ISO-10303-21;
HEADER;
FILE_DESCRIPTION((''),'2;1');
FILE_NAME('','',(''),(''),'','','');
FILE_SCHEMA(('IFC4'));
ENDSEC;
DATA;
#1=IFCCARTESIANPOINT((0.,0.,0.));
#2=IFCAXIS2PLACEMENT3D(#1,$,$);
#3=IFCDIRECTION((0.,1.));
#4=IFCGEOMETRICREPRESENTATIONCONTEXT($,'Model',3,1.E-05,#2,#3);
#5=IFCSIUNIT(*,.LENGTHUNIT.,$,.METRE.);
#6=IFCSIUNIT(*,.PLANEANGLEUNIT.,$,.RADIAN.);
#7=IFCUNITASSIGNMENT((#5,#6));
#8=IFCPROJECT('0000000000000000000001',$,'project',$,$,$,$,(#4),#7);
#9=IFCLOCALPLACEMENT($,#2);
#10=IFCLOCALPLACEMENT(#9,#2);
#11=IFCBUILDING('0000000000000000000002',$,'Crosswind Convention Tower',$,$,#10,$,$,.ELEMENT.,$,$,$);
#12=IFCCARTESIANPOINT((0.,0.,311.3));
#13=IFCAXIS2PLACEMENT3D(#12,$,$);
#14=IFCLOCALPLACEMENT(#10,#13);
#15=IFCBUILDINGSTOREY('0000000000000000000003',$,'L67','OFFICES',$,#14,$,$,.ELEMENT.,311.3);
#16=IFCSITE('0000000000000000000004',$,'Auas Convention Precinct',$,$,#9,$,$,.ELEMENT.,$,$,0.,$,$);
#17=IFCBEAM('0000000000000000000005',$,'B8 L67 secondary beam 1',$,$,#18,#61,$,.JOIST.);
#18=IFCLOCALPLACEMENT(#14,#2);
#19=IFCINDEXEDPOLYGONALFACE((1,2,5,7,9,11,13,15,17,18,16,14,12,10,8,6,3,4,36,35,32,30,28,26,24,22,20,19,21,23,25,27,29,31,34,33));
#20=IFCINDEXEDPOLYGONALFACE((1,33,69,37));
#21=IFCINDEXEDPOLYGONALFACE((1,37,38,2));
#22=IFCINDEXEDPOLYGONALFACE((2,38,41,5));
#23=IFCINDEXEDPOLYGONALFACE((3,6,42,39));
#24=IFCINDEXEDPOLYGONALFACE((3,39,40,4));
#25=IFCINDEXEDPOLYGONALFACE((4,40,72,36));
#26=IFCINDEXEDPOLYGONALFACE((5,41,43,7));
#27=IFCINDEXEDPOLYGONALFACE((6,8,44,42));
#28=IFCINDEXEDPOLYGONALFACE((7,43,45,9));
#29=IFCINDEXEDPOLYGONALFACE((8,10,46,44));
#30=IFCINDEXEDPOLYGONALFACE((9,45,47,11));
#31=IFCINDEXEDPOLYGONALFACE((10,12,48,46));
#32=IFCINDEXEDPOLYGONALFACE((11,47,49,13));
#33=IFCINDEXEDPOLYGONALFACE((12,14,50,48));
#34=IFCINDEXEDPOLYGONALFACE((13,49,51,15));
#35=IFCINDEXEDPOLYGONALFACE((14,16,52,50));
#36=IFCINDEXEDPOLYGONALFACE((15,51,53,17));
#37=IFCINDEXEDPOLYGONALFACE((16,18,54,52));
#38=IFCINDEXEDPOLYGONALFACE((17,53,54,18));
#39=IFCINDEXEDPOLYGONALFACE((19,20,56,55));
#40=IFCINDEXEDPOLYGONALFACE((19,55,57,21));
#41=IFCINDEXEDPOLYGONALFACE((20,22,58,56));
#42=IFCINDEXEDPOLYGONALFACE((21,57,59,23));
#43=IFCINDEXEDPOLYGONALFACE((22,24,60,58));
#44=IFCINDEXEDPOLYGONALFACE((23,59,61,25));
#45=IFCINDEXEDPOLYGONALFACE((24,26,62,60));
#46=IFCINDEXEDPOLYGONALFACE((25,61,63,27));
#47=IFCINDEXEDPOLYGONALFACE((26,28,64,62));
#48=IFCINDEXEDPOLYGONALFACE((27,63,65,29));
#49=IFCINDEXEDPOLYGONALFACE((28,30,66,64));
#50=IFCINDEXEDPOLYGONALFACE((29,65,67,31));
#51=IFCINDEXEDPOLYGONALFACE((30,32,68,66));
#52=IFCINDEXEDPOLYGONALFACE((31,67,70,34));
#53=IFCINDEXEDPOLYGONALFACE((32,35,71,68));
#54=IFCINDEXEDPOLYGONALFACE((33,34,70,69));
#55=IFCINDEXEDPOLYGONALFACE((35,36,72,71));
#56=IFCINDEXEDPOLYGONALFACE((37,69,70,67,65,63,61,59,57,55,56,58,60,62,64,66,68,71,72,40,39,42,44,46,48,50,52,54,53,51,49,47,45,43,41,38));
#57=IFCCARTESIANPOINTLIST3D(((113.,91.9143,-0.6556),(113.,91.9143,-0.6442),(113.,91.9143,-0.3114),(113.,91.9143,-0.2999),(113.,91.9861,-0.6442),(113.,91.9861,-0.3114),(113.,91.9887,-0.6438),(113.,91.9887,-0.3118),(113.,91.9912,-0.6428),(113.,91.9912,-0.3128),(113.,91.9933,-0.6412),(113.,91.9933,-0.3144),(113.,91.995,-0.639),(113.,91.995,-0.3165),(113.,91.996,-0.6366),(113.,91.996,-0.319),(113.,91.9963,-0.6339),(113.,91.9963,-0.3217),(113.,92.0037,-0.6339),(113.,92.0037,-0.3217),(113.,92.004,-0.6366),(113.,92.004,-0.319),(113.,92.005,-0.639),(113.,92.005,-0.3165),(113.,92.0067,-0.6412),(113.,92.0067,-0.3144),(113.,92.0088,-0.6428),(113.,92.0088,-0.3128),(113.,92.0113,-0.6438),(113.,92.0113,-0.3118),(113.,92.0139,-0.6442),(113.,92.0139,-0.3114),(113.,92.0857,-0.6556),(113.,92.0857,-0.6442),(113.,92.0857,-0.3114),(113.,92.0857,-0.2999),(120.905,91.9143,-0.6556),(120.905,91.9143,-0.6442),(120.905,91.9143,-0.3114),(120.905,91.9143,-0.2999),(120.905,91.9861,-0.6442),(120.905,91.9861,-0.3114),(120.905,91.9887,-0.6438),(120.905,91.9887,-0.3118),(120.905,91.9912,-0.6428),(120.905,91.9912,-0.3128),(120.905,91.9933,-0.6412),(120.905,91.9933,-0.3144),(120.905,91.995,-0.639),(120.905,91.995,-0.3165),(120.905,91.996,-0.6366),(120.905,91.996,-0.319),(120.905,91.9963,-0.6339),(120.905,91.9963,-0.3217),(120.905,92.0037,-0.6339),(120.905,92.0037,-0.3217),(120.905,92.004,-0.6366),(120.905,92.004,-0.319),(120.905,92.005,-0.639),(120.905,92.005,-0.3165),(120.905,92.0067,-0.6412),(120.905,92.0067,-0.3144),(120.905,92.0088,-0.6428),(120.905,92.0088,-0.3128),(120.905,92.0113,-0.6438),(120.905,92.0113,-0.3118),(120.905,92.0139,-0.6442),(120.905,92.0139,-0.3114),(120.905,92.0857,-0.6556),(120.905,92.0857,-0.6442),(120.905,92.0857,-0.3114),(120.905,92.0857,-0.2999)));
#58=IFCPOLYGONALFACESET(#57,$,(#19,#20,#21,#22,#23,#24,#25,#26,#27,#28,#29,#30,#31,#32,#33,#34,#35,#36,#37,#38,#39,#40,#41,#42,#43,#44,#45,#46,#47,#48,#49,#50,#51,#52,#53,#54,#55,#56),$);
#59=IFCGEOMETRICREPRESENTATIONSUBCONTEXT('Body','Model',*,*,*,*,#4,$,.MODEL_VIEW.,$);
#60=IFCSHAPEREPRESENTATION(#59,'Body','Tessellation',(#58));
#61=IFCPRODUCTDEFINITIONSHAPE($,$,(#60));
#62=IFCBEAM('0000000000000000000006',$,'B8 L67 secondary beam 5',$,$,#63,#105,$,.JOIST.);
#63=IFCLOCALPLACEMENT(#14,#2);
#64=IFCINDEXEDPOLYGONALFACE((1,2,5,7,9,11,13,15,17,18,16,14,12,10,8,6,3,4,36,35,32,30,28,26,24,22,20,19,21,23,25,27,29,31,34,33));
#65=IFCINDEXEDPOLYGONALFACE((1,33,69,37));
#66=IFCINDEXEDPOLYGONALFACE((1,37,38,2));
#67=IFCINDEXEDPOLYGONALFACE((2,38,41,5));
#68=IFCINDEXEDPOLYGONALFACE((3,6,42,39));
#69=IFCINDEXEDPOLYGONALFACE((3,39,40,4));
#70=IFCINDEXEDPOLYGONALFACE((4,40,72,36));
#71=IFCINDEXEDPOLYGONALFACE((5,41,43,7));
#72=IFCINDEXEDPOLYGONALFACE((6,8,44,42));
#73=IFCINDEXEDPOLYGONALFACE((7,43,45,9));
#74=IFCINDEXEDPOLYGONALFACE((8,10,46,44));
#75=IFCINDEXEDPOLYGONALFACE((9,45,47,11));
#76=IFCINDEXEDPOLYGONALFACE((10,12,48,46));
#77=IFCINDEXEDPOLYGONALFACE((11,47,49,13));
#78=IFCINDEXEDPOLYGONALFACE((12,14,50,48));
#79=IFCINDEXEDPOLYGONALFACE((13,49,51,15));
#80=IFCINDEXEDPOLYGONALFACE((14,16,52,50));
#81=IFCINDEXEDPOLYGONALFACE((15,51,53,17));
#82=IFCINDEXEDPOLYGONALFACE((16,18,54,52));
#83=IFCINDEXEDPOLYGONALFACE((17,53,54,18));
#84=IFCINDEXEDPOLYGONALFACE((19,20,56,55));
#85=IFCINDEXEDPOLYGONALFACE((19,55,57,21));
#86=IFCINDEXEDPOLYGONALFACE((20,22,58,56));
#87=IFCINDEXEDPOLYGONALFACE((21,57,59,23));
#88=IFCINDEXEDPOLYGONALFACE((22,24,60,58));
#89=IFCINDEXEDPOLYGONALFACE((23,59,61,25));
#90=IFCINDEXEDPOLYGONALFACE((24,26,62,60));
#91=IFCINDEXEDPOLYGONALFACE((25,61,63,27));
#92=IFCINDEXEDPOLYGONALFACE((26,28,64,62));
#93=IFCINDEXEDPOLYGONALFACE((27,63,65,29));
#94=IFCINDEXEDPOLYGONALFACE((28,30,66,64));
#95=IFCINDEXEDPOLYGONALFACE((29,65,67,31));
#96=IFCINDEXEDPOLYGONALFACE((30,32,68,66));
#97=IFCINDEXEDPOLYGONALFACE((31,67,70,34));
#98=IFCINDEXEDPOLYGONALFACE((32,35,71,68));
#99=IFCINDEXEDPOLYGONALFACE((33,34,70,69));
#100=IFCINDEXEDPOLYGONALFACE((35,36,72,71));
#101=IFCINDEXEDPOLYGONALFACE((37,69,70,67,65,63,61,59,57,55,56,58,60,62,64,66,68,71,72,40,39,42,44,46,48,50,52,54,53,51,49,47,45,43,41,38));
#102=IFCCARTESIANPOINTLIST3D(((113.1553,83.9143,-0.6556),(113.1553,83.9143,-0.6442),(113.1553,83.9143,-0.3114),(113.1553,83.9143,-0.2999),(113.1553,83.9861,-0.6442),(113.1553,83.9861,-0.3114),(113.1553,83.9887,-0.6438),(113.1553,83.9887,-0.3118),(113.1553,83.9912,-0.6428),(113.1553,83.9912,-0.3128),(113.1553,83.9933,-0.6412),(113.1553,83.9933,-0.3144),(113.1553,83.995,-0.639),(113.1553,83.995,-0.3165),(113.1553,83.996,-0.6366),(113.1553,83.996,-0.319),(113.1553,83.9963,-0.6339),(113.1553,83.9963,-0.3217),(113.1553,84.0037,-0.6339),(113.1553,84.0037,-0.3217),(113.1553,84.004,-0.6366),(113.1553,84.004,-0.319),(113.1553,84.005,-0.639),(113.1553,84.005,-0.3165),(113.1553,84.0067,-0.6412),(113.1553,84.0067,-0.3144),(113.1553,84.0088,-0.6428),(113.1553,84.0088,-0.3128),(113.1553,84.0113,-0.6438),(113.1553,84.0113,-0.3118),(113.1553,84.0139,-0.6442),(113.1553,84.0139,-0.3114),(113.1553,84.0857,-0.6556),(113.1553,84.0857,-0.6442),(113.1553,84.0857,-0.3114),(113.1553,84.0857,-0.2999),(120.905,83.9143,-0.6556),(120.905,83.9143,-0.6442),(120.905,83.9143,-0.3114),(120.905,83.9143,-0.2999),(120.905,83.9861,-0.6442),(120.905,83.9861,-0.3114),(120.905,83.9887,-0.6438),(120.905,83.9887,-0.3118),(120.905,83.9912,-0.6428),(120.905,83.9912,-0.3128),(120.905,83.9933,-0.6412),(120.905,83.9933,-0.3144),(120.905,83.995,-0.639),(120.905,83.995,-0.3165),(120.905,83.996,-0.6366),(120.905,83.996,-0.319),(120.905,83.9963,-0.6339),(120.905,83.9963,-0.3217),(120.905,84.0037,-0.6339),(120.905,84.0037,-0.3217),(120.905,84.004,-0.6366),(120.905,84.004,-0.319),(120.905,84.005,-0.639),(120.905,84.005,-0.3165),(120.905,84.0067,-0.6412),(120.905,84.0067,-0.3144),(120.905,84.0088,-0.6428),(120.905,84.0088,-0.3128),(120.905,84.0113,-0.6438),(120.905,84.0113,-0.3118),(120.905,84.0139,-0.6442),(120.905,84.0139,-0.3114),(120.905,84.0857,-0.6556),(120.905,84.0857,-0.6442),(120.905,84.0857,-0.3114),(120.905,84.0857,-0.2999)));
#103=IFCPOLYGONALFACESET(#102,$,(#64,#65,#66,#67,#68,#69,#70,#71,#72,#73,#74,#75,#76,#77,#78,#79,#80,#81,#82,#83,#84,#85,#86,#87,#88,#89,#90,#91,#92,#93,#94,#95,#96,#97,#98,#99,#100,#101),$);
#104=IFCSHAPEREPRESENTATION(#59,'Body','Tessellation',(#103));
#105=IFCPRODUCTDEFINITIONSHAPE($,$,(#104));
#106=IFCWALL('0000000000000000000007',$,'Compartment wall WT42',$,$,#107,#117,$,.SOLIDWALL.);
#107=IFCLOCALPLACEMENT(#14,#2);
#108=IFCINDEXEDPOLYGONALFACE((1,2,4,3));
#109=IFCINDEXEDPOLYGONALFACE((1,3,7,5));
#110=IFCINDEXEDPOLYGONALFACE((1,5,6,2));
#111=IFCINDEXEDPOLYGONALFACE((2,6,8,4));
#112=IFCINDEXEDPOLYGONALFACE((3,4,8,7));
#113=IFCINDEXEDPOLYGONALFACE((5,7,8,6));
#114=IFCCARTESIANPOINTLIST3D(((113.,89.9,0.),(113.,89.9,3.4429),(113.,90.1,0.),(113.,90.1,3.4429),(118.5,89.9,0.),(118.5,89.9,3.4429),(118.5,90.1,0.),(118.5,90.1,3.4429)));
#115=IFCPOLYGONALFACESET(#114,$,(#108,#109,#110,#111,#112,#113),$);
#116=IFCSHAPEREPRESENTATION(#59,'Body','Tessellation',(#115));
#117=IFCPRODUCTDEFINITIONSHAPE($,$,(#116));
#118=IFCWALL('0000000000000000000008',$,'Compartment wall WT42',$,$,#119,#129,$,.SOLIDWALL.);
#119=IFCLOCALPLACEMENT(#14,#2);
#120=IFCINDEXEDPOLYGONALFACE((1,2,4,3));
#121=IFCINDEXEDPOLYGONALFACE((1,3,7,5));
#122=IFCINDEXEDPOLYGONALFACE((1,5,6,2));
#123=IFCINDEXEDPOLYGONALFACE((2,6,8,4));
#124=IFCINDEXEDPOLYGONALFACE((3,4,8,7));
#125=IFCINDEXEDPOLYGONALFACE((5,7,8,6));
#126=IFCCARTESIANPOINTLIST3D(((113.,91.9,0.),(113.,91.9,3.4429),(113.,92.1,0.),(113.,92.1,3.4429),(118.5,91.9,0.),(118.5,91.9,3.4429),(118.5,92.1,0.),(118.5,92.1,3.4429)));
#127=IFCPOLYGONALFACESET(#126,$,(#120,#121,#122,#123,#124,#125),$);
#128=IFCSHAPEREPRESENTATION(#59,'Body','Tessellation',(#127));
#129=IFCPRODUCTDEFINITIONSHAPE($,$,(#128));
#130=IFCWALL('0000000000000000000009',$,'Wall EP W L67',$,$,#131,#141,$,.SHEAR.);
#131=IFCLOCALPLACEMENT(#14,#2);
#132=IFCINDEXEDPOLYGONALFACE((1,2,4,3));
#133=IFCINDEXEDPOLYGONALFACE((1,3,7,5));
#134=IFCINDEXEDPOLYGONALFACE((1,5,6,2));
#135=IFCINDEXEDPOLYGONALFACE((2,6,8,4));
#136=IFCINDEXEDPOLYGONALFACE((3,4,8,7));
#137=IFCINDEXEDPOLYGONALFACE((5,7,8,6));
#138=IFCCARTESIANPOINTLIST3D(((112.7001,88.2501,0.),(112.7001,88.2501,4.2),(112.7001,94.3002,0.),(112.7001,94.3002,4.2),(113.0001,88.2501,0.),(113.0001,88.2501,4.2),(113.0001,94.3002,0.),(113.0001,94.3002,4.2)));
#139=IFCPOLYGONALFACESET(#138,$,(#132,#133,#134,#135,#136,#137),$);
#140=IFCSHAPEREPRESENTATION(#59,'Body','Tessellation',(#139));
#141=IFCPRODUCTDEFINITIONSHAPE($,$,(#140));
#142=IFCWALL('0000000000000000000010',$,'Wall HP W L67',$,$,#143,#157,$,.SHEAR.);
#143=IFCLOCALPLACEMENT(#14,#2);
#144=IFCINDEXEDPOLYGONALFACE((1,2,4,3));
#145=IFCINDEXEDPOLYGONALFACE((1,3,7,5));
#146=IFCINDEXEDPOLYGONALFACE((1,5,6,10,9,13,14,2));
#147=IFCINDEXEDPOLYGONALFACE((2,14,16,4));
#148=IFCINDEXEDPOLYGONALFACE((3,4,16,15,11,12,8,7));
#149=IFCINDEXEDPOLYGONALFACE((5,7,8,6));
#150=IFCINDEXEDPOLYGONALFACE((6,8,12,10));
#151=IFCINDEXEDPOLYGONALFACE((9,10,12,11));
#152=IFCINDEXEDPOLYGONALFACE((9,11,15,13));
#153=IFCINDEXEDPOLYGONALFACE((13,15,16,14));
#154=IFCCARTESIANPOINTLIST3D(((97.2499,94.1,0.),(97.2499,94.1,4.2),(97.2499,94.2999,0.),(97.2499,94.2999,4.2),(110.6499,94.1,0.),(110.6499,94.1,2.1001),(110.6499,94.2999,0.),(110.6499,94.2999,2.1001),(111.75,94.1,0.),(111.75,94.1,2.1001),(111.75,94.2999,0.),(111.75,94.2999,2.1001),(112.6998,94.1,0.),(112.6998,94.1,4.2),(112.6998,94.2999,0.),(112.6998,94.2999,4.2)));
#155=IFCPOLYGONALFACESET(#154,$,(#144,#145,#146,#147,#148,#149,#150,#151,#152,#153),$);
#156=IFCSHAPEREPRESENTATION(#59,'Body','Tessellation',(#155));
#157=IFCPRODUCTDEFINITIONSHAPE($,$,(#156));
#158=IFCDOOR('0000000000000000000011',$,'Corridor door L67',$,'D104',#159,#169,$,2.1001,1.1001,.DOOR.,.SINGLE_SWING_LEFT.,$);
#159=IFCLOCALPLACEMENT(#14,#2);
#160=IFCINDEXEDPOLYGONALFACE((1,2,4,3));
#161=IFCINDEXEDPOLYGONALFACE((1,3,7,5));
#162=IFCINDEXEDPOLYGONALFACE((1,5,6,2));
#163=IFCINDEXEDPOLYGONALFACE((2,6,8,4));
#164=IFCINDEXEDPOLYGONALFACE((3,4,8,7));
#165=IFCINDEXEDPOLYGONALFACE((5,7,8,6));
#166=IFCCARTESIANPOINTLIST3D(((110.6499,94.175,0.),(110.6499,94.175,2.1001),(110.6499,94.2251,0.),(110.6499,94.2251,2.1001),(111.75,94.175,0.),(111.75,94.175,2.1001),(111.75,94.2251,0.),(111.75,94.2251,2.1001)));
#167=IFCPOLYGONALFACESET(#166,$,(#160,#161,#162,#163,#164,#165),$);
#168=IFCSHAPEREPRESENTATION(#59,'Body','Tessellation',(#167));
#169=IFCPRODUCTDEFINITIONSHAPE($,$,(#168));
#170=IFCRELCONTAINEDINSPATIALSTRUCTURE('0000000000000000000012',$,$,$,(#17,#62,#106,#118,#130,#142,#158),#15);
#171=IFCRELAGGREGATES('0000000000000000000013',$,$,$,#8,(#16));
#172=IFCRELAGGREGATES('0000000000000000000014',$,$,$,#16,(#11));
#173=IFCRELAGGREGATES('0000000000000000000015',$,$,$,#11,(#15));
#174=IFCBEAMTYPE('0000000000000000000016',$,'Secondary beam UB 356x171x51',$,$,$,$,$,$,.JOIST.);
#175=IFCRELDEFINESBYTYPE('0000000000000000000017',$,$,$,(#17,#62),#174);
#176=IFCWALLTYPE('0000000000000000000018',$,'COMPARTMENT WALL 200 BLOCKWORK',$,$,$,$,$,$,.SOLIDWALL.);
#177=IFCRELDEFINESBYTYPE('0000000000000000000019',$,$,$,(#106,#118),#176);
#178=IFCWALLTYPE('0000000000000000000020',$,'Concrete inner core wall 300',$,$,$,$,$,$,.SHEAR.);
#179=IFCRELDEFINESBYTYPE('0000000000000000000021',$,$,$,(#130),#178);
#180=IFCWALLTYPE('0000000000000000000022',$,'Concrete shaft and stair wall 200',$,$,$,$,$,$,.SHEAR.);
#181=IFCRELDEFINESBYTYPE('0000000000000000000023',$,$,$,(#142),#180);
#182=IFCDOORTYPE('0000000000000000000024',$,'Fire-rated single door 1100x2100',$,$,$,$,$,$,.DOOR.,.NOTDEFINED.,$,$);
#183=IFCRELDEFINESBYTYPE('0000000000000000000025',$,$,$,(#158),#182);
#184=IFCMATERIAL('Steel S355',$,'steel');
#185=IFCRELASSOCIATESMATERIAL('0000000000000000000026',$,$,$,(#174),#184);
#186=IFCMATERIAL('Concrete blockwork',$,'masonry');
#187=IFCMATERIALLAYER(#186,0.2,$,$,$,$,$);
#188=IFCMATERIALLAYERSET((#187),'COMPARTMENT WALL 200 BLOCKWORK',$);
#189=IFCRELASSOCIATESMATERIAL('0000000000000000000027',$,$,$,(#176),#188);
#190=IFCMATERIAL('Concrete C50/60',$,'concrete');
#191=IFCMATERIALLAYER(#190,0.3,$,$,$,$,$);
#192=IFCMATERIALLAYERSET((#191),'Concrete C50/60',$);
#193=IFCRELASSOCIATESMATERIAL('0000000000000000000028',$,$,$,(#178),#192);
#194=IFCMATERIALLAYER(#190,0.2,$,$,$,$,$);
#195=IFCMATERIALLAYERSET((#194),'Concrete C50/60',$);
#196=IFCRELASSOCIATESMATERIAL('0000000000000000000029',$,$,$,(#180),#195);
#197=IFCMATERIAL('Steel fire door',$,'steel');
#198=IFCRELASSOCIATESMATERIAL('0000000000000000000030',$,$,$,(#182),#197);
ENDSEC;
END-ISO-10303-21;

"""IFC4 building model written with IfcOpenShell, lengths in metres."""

from ifc_helpers import new_model, si_unit, direction, frame, frame_2d, origin, origin_2d, place, context, subcontext, project, spatial, rectangle, i_section, extrude, material, layer, layer_set, material_profile, profile_set, type_object, element, fill, save


model = new_model("IFC4")

# Units and contexts
model_context = context("Model", 3, precision=1e-05, world=origin(), true_north=direction((0.0, 1.0)))
body_context = subcontext(model_context, "Body", "Model", "MODEL_VIEW")
ifc_project = project(units=[si_unit("LENGTHUNIT", "METRE"), si_unit("PLANEANGLEUNIT", "RADIAN")], contexts=[model_context])

# Site, building, storey
site_placement = place(None, origin())
site = spatial("IfcSite", under=ifc_project, at=site_placement, Name="Auas Convention Precinct", CompositionType="ELEMENT", RefElevation=0.0)
building_placement = place(site_placement, origin())
building = spatial("IfcBuilding", under=site, at=building_placement, Name="Crosswind Convention Tower", CompositionType="ELEMENT")
storey_placement = place(building_placement, frame((0.0, 0.0, 311.3)))
storey = spatial("IfcBuildingStorey", under=building, at=storey_placement, Name="L67", Description="OFFICES", CompositionType="ELEMENT", Elevation=311.3)

# Beams
ifc_material_1 = material(Name="Steel S355", Category="steel")
ifc_material_profile_1 = material_profile(ifc_material_1, i_section(OverallWidth=0.1714, OverallDepth=0.3557, WebThickness=0.0073, FlangeThickness=0.0115, FilletRadius=0.0103, at=origin_2d()), Name="UB 356x171x51")
ifc_profile_set_1 = profile_set([ifc_material_profile_1], Name="Steel S355")
beam_type_1 = type_object("IfcBeamType", Name="Secondary beam UB 356x171x51", PredefinedType="JOIST", material=ifc_profile_set_1)
beam_1_placement = place(storey_placement, frame((113.0, 92.0, -0.4778), z_axis=(1.0, 0.0, 0.0), x_axis=(0.0, 1.0, 0.0)))
element("IfcBeam", 1, at=beam_1_placement, inside=storey, type_object=beam_type_1, Name="B8 L67 secondary beam 1", PredefinedType="JOIST", context=body_context, shape_type="SweptSolid", body=[
    extrude(i_section(OverallWidth=0.1714, OverallDepth=0.3557, WebThickness=0.0073, FlangeThickness=0.0115, FilletRadius=0.0103, at=origin_2d()), origin(), (0.0, 0.0, 1.0), 7.905),
])
beam_2_placement = place(storey_placement, frame((113.1553, 84.0, -0.4778), z_axis=(1.0, 0.0, 0.0), x_axis=(0.0, 1.0, 0.0)))
element("IfcBeam", 2, at=beam_2_placement, inside=storey, type_object=beam_type_1, Name="B8 L67 secondary beam 5", PredefinedType="JOIST", context=body_context, shape_type="SweptSolid", body=[
    extrude(i_section(OverallWidth=0.1714, OverallDepth=0.3557, WebThickness=0.0073, FlangeThickness=0.0115, FilletRadius=0.0103, at=origin_2d()), origin(), (0.0, 0.0, 1.0), 7.7498),
])

# Walls
ifc_material_2 = material(Name="Concrete blockwork", Category="masonry")
ifc_layer_1 = layer(ifc_material_2, 0.2)
ifc_layer_set_1 = layer_set([ifc_layer_1], Name="COMPARTMENT WALL 200 BLOCKWORK")
wall_type_1 = type_object("IfcWallType", Name="COMPARTMENT WALL 200 BLOCKWORK", PredefinedType="SOLIDWALL", material=ifc_layer_set_1)
for number, where, z_axis, x_axis, name in (
    (3, (113.0, 90.0, 0.0), (0.0, 0.0, 1.0), (1.0, 0.0, 0.0), "Compartment wall WT42"),
    (4, (113.0, 92.0, 0.0), (0.0, 0.0, 1.0), (1.0, 0.0, 0.0), "Compartment wall WT42"),
):
    element("IfcWall", number, at=place(storey_placement, frame(where, z_axis=z_axis, x_axis=x_axis)), inside=storey, type_object=wall_type_1, Name=name, PredefinedType="SOLIDWALL", context=body_context, shape_type="SweptSolid", body=[
        extrude(rectangle(XDim=5.5, YDim=0.2, at=frame_2d((2.75, 0.0))), origin(), (0.0, 0.0, 1.0), 3.4429),
    ])
ifc_material_3 = material(Name="Concrete C50/60", Category="concrete")
ifc_layer_2 = layer(ifc_material_3, 0.3)
ifc_layer_set_2 = layer_set([ifc_layer_2], Name="Concrete C50/60")
wall_type_2 = type_object("IfcWallType", Name="Concrete inner core wall 300", PredefinedType="SHEAR", material=ifc_layer_set_2)
wall_1_placement = place(storey_placement, frame((112.8501, 94.3, 0.0), z_axis=(0.0, 0.0, 1.0), x_axis=(0.0, -1.0, 0.0)))
element("IfcWall", 5, at=wall_1_placement, inside=storey, type_object=wall_type_2, Name="Wall EP W L67", PredefinedType="SHEAR", context=body_context, shape_type="SweptSolid", body=[
    extrude(rectangle(XDim=6.05, YDim=0.3, at=frame_2d((3.0249, 0.0))), origin(), (0.0, 0.0, 1.0), 4.2),
])

# Wall, opening, door
ifc_layer_3 = layer(ifc_material_3, 0.2)
ifc_layer_set_3 = layer_set([ifc_layer_3], Name="Concrete C50/60")
wall_type_3 = type_object("IfcWallType", Name="Concrete shaft and stair wall 200", PredefinedType="SHEAR", material=ifc_layer_set_3)
wall_2_placement = place(storey_placement, frame((112.7, 94.2, 0.0), z_axis=(0.0, 0.0, 1.0), x_axis=(-1.0, 0.0, 0.0)))
wall_2 = element("IfcWall", 6, at=wall_2_placement, inside=storey, type_object=wall_type_3, Name="Wall HP W L67", PredefinedType="SHEAR", context=body_context, shape_type="SweptSolid", body=[
    extrude(rectangle(XDim=15.45, YDim=0.2, at=frame_2d((7.7251, 0.0))), origin(), (0.0, 0.0, 1.0), 4.2),
])
opening_1_placement = place(wall_2_placement, frame((0.95, 0.0, 0.0)))
opening_1 = element("IfcOpeningElement", 7, at=opening_1_placement, cuts=wall_2, PredefinedType="OPENING", context=body_context, shape_type="SweptSolid", body=[
    extrude(rectangle(XDim=1.1001, YDim=2.1001, at=frame_2d((0.55, 1.05))), frame((0.0, 0.1099, 0.0), z_axis=(0.0, -1.0, 0.0), x_axis=(1.0, 0.0, 0.0)), (0.0, 0.0, 1.0), 0.22),
])
ifc_material_4 = material(Name="Steel fire door", Category="steel")
door_type_1 = type_object("IfcDoorType", Name="Fire-rated single door 1100x2100", OperationType="NOTDEFINED", PredefinedType="DOOR", material=ifc_material_4)
door_1_placement = place(opening_1_placement, origin())
door_1 = element("IfcDoor", 8, at=door_1_placement, inside=storey, type_object=door_type_1, Name="Corridor door L67", ObjectType="D104", OperationType="SINGLE_SWING_LEFT", OverallHeight=2.1001, OverallWidth=1.1001, PredefinedType="DOOR", context=body_context, shape_type="SweptSolid", body=[
    extrude(rectangle(XDim=1.1001, YDim=2.1001, at=frame_2d((0.55, 1.05))), frame((0.0, 0.0249, 0.0), z_axis=(0.0, -1.0, 0.0), x_axis=(1.0, 0.0, 0.0)), (0.0, 0.0, 1.0), 0.05),
])
fill(opening_1, door_1)

save(model, "model.ifc")
